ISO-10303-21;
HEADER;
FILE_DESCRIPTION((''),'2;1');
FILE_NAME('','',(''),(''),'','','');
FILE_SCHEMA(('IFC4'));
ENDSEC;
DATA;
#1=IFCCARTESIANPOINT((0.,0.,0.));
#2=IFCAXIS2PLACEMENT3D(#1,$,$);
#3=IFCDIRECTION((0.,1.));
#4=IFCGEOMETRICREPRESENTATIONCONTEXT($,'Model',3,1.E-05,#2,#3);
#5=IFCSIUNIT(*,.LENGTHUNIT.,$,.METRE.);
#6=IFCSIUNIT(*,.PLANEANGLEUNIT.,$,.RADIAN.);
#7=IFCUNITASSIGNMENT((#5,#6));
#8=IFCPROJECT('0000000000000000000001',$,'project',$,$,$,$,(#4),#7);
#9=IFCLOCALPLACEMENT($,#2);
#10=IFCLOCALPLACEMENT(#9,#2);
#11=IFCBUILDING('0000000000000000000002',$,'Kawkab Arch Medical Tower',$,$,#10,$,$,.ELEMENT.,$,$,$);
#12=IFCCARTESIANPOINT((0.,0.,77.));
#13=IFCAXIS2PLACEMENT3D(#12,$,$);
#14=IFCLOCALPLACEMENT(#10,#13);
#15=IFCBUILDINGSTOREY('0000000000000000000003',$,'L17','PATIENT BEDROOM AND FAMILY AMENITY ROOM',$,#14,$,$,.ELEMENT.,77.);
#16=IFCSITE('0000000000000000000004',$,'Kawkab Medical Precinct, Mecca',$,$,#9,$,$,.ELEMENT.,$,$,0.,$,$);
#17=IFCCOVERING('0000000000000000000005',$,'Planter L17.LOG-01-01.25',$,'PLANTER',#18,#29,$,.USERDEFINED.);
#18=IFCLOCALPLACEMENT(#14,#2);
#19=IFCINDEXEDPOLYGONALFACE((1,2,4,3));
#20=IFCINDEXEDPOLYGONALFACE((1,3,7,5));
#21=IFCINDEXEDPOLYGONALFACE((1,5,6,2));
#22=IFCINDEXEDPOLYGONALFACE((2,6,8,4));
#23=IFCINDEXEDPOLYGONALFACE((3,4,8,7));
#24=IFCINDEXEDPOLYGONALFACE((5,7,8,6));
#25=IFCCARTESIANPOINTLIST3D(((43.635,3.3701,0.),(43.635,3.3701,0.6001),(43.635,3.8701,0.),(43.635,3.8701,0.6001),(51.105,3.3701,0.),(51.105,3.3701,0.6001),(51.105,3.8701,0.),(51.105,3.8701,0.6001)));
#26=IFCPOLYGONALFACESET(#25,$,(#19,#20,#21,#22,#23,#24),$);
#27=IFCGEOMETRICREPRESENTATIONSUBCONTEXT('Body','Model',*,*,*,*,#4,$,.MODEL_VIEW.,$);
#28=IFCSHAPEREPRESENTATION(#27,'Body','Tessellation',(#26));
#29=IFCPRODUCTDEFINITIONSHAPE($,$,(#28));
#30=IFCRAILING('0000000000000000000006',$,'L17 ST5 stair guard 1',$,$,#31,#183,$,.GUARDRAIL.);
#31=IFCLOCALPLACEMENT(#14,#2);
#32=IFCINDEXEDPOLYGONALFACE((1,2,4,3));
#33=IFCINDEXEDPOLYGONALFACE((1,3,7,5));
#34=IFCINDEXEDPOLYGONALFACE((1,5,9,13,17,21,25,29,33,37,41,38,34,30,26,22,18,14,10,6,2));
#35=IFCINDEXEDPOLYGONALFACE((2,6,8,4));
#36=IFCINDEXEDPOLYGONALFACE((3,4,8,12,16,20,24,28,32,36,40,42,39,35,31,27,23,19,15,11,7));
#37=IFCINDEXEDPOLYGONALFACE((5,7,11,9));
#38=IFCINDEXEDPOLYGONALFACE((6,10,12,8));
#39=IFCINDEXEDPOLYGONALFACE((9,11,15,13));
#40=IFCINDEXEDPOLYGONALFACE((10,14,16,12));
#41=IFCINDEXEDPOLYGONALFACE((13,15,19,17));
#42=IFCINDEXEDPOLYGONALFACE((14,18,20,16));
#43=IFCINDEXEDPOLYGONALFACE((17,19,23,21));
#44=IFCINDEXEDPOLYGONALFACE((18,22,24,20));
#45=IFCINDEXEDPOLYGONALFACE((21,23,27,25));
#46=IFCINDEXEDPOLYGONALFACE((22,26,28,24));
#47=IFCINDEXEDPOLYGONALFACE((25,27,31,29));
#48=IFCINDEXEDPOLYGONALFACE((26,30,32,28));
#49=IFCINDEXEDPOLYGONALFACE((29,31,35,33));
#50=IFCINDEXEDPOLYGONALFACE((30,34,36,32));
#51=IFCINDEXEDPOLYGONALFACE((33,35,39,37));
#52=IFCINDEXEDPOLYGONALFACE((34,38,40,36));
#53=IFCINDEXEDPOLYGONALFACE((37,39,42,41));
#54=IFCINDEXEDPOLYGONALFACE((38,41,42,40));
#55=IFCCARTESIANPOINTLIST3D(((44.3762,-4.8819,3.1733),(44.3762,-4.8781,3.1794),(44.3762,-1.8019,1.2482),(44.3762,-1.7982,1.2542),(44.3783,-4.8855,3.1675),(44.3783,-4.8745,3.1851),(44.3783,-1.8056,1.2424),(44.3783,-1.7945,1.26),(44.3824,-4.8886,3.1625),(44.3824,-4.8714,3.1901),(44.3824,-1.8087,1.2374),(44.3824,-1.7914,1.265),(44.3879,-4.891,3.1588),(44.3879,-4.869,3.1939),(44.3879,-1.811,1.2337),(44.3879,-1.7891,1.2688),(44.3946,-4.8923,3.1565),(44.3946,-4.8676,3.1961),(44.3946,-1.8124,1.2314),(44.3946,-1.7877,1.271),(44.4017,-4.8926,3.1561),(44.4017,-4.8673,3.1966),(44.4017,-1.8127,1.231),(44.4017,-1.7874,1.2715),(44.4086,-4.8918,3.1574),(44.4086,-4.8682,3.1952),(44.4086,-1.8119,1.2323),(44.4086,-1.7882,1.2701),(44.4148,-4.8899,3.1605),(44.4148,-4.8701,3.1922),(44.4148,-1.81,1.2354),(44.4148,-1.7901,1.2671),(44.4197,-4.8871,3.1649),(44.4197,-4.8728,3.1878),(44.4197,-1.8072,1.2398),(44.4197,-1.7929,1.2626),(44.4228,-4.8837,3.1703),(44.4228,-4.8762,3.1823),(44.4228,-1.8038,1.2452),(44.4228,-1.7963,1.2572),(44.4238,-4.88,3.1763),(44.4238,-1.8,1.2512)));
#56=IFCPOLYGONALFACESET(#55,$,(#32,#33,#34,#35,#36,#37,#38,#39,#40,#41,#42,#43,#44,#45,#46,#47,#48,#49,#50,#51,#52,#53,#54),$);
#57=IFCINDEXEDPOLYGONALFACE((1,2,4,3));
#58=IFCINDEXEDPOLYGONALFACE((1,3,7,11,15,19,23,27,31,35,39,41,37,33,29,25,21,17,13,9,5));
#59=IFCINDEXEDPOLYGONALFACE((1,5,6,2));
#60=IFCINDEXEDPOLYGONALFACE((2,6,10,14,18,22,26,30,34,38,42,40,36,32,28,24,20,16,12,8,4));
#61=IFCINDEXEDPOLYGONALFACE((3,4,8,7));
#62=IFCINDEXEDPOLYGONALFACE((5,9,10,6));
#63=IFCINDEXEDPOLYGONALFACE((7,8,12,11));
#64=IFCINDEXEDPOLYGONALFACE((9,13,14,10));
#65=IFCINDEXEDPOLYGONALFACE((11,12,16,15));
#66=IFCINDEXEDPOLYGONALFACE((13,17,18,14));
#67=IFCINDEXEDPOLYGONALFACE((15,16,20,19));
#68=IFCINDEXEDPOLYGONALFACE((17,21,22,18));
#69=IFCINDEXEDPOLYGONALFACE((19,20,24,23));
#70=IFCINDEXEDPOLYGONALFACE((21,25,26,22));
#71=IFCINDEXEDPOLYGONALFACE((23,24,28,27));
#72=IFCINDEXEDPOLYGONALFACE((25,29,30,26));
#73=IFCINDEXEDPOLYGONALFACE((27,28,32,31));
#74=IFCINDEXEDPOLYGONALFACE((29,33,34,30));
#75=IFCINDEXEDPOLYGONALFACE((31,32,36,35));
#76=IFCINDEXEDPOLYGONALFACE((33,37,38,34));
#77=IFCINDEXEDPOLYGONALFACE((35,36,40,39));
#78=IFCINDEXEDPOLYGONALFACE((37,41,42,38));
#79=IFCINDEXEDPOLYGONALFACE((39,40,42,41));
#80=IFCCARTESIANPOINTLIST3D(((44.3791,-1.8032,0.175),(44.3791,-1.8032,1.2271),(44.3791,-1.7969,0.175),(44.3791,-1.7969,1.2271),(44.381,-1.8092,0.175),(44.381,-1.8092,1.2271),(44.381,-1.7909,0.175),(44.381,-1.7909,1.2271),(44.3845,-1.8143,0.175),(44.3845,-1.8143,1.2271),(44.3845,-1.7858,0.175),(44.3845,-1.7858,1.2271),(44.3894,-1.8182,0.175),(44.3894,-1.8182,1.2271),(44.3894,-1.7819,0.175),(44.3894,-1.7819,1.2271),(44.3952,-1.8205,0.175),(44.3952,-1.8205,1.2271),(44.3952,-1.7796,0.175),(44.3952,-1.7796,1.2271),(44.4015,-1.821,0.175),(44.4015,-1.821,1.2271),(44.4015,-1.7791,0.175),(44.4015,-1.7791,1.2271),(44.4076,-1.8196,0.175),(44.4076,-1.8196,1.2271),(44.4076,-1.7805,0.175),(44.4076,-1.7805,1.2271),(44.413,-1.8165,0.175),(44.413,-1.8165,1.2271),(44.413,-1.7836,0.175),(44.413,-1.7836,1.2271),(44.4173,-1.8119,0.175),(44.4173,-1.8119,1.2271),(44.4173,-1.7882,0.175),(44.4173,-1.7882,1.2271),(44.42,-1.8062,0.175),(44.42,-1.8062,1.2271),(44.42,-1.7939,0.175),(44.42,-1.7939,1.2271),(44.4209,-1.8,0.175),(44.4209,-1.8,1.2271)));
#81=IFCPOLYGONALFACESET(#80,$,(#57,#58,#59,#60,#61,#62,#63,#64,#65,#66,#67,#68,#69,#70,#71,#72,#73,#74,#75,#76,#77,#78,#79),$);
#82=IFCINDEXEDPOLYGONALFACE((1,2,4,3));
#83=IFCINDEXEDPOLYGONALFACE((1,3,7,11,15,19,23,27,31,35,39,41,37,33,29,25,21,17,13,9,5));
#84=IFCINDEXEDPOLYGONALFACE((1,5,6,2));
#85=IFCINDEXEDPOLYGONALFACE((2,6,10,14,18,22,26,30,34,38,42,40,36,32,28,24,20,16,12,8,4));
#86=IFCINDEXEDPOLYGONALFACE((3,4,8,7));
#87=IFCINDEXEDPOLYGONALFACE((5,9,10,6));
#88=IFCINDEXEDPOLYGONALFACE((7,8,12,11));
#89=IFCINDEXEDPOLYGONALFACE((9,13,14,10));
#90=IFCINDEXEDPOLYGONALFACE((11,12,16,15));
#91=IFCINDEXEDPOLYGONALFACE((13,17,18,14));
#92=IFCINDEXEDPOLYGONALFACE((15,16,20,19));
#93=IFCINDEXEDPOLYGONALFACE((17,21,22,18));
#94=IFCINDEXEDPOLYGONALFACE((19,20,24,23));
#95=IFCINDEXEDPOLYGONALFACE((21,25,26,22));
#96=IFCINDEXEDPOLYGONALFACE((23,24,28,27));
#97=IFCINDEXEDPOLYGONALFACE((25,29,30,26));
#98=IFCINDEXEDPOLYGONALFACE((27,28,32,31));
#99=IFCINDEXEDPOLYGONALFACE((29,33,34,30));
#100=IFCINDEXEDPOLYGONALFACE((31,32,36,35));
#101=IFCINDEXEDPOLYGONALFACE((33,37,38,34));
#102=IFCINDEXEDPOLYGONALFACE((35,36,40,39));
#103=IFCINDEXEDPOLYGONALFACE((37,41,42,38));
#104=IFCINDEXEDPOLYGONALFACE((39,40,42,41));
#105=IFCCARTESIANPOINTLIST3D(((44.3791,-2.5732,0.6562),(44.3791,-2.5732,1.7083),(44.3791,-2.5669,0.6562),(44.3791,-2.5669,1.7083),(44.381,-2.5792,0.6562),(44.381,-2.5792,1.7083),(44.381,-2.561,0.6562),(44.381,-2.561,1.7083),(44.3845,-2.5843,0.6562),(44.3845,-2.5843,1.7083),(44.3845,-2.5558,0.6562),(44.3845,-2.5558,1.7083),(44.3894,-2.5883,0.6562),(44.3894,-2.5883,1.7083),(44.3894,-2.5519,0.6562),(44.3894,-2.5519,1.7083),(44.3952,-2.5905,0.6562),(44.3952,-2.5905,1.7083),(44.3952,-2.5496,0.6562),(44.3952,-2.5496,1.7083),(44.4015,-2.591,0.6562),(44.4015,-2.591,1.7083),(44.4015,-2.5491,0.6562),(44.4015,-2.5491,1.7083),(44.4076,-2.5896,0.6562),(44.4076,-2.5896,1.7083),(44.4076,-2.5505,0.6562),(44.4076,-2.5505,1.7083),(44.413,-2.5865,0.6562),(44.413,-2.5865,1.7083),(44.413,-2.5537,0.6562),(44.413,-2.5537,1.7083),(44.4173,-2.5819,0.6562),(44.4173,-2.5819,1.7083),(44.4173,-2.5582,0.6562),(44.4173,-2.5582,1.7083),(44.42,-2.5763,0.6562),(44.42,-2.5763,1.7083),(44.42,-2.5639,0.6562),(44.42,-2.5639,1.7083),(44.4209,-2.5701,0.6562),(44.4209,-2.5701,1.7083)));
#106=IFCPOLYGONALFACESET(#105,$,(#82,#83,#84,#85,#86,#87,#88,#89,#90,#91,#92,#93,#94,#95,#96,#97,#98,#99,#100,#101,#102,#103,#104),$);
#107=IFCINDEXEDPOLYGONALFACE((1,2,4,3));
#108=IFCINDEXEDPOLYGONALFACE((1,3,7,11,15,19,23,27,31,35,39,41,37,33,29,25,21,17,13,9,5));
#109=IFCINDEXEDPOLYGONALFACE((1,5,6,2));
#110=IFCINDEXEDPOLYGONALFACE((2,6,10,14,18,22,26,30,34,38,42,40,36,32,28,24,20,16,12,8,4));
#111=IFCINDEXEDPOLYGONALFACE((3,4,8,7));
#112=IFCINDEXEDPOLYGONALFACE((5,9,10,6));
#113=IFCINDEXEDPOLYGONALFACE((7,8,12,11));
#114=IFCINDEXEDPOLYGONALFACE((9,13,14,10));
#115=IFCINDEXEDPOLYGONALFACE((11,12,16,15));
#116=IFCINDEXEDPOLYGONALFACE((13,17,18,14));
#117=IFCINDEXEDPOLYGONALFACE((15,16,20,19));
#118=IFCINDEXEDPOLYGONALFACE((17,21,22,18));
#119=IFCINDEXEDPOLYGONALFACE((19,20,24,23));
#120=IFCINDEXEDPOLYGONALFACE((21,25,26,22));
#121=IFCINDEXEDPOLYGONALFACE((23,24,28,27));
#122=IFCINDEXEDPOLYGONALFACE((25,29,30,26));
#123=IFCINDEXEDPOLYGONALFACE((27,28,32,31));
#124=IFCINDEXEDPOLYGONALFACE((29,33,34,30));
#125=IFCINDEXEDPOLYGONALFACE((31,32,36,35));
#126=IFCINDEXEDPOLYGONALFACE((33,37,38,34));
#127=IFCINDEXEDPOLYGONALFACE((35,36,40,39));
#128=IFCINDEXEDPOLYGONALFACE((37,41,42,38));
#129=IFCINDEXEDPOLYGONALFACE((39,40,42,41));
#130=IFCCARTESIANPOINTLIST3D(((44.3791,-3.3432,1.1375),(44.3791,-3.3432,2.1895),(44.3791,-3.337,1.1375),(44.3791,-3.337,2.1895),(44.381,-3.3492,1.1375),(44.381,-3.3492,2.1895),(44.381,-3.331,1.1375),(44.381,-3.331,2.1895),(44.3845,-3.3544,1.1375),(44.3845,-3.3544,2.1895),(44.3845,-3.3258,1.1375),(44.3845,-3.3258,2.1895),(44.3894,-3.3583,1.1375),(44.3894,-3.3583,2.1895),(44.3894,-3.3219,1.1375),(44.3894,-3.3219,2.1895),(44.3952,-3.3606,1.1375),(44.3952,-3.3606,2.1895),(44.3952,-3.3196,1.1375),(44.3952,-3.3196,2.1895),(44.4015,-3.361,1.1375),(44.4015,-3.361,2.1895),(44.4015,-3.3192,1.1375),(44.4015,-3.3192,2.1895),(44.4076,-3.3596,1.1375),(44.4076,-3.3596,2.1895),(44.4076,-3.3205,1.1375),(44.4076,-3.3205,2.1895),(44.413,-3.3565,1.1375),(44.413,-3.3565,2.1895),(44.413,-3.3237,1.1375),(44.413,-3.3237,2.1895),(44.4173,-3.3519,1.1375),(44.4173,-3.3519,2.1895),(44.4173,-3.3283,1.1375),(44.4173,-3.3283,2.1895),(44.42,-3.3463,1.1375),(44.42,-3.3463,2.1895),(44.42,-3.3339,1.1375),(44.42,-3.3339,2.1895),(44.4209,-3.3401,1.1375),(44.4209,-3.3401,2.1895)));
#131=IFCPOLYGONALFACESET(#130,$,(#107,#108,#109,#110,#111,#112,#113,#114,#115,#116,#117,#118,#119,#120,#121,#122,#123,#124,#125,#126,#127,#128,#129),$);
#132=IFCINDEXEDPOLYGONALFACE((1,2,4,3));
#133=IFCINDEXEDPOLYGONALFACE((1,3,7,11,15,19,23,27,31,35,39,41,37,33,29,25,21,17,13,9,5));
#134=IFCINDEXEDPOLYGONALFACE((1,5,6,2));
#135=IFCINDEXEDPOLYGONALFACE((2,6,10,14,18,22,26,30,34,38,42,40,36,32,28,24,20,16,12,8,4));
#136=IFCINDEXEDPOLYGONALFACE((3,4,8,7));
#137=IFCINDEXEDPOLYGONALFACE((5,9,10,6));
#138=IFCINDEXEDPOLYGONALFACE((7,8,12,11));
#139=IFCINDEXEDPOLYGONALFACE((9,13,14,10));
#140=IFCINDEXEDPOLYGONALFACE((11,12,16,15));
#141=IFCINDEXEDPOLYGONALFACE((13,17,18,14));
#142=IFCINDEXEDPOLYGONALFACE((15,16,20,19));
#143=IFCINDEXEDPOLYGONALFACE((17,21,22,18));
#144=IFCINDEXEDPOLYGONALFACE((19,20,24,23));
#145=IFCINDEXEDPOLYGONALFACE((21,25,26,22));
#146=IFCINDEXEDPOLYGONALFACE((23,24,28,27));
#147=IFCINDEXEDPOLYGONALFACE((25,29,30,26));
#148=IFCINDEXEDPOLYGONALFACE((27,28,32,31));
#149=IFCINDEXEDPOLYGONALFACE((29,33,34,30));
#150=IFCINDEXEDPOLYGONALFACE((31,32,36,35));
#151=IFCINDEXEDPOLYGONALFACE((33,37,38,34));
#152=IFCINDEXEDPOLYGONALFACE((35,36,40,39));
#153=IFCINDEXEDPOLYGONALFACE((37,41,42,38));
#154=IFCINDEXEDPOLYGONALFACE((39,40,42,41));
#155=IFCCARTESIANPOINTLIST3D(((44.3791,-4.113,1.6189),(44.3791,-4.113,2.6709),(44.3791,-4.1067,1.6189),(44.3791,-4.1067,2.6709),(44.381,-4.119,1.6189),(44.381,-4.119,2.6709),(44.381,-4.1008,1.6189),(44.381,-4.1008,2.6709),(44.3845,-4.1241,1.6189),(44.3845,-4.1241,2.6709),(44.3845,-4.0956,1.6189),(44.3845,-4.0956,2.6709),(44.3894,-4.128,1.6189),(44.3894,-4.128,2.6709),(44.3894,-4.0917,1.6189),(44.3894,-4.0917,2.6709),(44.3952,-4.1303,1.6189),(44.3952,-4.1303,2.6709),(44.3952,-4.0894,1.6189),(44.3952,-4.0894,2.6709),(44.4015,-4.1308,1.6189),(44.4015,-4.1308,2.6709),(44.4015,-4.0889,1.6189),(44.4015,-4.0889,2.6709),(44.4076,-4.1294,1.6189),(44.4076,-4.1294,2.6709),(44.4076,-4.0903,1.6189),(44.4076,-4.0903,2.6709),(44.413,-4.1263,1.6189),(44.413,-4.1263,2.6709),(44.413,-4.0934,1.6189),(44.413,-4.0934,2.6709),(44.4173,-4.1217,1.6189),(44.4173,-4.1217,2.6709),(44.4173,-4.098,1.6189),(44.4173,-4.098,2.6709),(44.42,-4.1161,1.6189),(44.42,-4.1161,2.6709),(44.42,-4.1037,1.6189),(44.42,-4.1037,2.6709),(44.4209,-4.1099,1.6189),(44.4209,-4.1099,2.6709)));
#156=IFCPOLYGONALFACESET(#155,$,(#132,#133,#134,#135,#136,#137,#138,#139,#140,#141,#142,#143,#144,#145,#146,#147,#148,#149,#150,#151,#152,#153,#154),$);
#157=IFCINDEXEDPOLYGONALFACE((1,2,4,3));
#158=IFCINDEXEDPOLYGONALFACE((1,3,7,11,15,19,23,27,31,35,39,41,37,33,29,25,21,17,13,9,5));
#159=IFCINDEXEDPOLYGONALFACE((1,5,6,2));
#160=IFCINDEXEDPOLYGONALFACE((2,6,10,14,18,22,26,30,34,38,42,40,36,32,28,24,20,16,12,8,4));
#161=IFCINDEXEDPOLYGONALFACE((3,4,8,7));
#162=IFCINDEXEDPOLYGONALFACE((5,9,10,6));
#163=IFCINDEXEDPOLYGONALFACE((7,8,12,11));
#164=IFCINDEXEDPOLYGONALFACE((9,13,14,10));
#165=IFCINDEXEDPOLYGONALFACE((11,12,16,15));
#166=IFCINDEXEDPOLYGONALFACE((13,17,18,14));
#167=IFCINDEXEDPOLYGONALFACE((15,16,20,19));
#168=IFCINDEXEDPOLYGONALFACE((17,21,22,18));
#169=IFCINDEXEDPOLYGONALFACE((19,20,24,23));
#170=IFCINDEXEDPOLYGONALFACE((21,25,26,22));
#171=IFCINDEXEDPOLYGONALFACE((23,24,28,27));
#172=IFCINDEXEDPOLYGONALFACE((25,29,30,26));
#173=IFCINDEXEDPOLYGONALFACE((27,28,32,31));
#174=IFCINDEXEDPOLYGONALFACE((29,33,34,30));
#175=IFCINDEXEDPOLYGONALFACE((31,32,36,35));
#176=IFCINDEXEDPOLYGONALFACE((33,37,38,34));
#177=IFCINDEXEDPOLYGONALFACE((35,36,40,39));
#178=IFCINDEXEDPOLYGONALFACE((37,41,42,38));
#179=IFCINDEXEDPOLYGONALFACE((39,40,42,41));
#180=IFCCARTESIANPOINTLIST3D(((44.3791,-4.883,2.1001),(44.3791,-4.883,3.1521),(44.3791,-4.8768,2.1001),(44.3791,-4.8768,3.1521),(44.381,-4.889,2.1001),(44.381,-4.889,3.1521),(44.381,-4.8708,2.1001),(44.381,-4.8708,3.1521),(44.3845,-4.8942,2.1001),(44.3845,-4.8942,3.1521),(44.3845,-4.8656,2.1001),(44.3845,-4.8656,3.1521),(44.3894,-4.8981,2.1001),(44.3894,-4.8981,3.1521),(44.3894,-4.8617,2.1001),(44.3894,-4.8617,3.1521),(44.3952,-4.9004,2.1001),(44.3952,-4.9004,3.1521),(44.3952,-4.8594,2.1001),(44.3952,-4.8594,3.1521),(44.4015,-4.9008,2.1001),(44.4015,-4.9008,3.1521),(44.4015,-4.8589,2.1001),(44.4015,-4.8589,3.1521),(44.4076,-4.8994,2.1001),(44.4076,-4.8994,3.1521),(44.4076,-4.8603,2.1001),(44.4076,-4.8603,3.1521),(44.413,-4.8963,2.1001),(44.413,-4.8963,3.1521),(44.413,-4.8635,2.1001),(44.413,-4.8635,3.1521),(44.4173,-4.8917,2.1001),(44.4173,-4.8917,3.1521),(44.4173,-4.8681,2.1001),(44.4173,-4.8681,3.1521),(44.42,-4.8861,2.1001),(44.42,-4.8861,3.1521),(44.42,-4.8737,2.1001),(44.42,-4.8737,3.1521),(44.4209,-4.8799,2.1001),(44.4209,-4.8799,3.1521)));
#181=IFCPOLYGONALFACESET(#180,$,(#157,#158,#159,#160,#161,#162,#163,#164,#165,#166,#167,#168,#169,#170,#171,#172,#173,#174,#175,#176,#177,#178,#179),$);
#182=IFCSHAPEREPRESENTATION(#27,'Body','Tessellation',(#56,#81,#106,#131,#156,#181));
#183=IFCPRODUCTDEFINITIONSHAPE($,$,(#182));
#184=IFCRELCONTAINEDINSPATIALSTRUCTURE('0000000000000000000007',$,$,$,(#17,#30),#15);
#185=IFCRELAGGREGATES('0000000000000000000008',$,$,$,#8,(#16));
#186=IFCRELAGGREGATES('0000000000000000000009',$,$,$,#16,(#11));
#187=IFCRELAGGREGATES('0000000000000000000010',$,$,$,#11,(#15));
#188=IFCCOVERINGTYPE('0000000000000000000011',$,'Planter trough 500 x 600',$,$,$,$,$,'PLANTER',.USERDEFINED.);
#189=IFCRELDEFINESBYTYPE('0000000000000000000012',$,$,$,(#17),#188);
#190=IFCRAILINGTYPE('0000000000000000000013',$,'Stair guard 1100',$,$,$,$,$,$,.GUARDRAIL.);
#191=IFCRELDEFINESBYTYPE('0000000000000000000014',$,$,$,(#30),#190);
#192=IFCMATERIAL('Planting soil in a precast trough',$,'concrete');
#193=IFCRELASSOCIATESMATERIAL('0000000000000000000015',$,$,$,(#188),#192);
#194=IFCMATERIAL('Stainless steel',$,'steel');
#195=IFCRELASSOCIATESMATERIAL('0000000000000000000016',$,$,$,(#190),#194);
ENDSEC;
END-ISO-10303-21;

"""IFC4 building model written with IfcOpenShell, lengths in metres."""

from ifc_helpers import new_model, si_unit, direction, frame, origin, origin_2d, place, context, subcontext, project, spatial, rectangle, circle, extrude, material, material_profile, profile_set, type_object, element, save


model = new_model("IFC4")

# Units and contexts
model_context = context("Model", 3, precision=1e-05, world=origin(), true_north=direction((0.0, 1.0)))
body_context = subcontext(model_context, "Body", "Model", "MODEL_VIEW")
ifc_project = project(units=[si_unit("LENGTHUNIT", "METRE"), si_unit("PLANEANGLEUNIT", "RADIAN")], contexts=[model_context])

# Site, building, storey
site_placement = place(None, origin())
site = spatial("IfcSite", under=ifc_project, at=site_placement, Name="Kawkab Medical Precinct, Mecca", CompositionType="ELEMENT", RefElevation=0.0)
building_placement = place(site_placement, origin())
building = spatial("IfcBuilding", under=site, at=building_placement, Name="Kawkab Arch Medical Tower", CompositionType="ELEMENT")
storey_placement = place(building_placement, frame((0.0, 0.0, 77.0)))
storey = spatial("IfcBuildingStorey", under=building, at=storey_placement, Name="L17", Description="PATIENT BEDROOM AND FAMILY AMENITY ROOM", CompositionType="ELEMENT", Elevation=77.0)

# Covering
ifc_material_1 = material(Name="Planting soil in a precast trough", Category="concrete")
ifc_material_profile_1 = material_profile(ifc_material_1, rectangle(XDim=0.5, YDim=0.6001, at=origin_2d()), Name="Trough 500x600")
ifc_profile_set_1 = profile_set([ifc_material_profile_1], Name="Planting soil in a precast trough")
covering_type_1 = type_object("IfcCoveringType", Name="Planter trough 500 x 600", ElementType="PLANTER", PredefinedType="USERDEFINED", material=ifc_profile_set_1)
covering_1_placement = place(storey_placement, frame((43.635, 3.6201, 0.3), z_axis=(1.0, 0.0, 0.0), x_axis=(0.0, 1.0, 0.0)))
element("IfcCovering", 1, at=covering_1_placement, inside=storey, type_object=covering_type_1, Name="Planter L17.LOG-01-01.25", ObjectType="PLANTER", PredefinedType="USERDEFINED", context=body_context, shape_type="SweptSolid", body=[
    extrude(rectangle(XDim=0.5, YDim=0.6001, at=origin_2d()), origin(), (0.0, 0.0, 1.0), 7.47),
])

# Railing
ifc_material_2 = material(Name="Stainless steel", Category="steel")
railing_type_1 = type_object("IfcRailingType", Name="Stair guard 1100", PredefinedType="GUARDRAIL", material=ifc_material_2)
railing_1_placement = place(storey_placement, frame((44.3999, -1.8, 0.175)))
element("IfcRailing", 2, at=railing_1_placement, inside=storey, type_object=railing_type_1, Name="L17 ST5 stair guard 1", PredefinedType="GUARDRAIL", context=body_context, shape_type="SweptSolid", body=[
    extrude(circle(Radius=0.0239, at=origin_2d()), frame((0.0, 0.0, 1.0762), z_axis=(0.0, -0.847979, 0.530029), x_axis=(1.0, 0.0, 0.0)), (0.0, 0.0, 1.0), 3.6321),
    extrude(circle(Radius=0.021, at=origin_2d()), origin(), (0.0, 0.0, 1.0), 1.052),
    extrude(circle(Radius=0.021, at=origin_2d()), frame((0.0, -0.77, 0.4812)), (0.0, 0.0, 1.0), 1.052),
    extrude(circle(Radius=0.021, at=origin_2d()), frame((0.0, -1.54, 0.9624)), (0.0, 0.0, 1.0), 1.052),
    extrude(circle(Radius=0.021, at=origin_2d()), frame((0.0, -2.3098, 1.4438)), (0.0, 0.0, 1.0), 1.052),
    extrude(circle(Radius=0.021, at=origin_2d()), frame((0.0, -3.0798, 1.925)), (0.0, 0.0, 1.0), 1.052),
])

save(model, "model.ifc")
